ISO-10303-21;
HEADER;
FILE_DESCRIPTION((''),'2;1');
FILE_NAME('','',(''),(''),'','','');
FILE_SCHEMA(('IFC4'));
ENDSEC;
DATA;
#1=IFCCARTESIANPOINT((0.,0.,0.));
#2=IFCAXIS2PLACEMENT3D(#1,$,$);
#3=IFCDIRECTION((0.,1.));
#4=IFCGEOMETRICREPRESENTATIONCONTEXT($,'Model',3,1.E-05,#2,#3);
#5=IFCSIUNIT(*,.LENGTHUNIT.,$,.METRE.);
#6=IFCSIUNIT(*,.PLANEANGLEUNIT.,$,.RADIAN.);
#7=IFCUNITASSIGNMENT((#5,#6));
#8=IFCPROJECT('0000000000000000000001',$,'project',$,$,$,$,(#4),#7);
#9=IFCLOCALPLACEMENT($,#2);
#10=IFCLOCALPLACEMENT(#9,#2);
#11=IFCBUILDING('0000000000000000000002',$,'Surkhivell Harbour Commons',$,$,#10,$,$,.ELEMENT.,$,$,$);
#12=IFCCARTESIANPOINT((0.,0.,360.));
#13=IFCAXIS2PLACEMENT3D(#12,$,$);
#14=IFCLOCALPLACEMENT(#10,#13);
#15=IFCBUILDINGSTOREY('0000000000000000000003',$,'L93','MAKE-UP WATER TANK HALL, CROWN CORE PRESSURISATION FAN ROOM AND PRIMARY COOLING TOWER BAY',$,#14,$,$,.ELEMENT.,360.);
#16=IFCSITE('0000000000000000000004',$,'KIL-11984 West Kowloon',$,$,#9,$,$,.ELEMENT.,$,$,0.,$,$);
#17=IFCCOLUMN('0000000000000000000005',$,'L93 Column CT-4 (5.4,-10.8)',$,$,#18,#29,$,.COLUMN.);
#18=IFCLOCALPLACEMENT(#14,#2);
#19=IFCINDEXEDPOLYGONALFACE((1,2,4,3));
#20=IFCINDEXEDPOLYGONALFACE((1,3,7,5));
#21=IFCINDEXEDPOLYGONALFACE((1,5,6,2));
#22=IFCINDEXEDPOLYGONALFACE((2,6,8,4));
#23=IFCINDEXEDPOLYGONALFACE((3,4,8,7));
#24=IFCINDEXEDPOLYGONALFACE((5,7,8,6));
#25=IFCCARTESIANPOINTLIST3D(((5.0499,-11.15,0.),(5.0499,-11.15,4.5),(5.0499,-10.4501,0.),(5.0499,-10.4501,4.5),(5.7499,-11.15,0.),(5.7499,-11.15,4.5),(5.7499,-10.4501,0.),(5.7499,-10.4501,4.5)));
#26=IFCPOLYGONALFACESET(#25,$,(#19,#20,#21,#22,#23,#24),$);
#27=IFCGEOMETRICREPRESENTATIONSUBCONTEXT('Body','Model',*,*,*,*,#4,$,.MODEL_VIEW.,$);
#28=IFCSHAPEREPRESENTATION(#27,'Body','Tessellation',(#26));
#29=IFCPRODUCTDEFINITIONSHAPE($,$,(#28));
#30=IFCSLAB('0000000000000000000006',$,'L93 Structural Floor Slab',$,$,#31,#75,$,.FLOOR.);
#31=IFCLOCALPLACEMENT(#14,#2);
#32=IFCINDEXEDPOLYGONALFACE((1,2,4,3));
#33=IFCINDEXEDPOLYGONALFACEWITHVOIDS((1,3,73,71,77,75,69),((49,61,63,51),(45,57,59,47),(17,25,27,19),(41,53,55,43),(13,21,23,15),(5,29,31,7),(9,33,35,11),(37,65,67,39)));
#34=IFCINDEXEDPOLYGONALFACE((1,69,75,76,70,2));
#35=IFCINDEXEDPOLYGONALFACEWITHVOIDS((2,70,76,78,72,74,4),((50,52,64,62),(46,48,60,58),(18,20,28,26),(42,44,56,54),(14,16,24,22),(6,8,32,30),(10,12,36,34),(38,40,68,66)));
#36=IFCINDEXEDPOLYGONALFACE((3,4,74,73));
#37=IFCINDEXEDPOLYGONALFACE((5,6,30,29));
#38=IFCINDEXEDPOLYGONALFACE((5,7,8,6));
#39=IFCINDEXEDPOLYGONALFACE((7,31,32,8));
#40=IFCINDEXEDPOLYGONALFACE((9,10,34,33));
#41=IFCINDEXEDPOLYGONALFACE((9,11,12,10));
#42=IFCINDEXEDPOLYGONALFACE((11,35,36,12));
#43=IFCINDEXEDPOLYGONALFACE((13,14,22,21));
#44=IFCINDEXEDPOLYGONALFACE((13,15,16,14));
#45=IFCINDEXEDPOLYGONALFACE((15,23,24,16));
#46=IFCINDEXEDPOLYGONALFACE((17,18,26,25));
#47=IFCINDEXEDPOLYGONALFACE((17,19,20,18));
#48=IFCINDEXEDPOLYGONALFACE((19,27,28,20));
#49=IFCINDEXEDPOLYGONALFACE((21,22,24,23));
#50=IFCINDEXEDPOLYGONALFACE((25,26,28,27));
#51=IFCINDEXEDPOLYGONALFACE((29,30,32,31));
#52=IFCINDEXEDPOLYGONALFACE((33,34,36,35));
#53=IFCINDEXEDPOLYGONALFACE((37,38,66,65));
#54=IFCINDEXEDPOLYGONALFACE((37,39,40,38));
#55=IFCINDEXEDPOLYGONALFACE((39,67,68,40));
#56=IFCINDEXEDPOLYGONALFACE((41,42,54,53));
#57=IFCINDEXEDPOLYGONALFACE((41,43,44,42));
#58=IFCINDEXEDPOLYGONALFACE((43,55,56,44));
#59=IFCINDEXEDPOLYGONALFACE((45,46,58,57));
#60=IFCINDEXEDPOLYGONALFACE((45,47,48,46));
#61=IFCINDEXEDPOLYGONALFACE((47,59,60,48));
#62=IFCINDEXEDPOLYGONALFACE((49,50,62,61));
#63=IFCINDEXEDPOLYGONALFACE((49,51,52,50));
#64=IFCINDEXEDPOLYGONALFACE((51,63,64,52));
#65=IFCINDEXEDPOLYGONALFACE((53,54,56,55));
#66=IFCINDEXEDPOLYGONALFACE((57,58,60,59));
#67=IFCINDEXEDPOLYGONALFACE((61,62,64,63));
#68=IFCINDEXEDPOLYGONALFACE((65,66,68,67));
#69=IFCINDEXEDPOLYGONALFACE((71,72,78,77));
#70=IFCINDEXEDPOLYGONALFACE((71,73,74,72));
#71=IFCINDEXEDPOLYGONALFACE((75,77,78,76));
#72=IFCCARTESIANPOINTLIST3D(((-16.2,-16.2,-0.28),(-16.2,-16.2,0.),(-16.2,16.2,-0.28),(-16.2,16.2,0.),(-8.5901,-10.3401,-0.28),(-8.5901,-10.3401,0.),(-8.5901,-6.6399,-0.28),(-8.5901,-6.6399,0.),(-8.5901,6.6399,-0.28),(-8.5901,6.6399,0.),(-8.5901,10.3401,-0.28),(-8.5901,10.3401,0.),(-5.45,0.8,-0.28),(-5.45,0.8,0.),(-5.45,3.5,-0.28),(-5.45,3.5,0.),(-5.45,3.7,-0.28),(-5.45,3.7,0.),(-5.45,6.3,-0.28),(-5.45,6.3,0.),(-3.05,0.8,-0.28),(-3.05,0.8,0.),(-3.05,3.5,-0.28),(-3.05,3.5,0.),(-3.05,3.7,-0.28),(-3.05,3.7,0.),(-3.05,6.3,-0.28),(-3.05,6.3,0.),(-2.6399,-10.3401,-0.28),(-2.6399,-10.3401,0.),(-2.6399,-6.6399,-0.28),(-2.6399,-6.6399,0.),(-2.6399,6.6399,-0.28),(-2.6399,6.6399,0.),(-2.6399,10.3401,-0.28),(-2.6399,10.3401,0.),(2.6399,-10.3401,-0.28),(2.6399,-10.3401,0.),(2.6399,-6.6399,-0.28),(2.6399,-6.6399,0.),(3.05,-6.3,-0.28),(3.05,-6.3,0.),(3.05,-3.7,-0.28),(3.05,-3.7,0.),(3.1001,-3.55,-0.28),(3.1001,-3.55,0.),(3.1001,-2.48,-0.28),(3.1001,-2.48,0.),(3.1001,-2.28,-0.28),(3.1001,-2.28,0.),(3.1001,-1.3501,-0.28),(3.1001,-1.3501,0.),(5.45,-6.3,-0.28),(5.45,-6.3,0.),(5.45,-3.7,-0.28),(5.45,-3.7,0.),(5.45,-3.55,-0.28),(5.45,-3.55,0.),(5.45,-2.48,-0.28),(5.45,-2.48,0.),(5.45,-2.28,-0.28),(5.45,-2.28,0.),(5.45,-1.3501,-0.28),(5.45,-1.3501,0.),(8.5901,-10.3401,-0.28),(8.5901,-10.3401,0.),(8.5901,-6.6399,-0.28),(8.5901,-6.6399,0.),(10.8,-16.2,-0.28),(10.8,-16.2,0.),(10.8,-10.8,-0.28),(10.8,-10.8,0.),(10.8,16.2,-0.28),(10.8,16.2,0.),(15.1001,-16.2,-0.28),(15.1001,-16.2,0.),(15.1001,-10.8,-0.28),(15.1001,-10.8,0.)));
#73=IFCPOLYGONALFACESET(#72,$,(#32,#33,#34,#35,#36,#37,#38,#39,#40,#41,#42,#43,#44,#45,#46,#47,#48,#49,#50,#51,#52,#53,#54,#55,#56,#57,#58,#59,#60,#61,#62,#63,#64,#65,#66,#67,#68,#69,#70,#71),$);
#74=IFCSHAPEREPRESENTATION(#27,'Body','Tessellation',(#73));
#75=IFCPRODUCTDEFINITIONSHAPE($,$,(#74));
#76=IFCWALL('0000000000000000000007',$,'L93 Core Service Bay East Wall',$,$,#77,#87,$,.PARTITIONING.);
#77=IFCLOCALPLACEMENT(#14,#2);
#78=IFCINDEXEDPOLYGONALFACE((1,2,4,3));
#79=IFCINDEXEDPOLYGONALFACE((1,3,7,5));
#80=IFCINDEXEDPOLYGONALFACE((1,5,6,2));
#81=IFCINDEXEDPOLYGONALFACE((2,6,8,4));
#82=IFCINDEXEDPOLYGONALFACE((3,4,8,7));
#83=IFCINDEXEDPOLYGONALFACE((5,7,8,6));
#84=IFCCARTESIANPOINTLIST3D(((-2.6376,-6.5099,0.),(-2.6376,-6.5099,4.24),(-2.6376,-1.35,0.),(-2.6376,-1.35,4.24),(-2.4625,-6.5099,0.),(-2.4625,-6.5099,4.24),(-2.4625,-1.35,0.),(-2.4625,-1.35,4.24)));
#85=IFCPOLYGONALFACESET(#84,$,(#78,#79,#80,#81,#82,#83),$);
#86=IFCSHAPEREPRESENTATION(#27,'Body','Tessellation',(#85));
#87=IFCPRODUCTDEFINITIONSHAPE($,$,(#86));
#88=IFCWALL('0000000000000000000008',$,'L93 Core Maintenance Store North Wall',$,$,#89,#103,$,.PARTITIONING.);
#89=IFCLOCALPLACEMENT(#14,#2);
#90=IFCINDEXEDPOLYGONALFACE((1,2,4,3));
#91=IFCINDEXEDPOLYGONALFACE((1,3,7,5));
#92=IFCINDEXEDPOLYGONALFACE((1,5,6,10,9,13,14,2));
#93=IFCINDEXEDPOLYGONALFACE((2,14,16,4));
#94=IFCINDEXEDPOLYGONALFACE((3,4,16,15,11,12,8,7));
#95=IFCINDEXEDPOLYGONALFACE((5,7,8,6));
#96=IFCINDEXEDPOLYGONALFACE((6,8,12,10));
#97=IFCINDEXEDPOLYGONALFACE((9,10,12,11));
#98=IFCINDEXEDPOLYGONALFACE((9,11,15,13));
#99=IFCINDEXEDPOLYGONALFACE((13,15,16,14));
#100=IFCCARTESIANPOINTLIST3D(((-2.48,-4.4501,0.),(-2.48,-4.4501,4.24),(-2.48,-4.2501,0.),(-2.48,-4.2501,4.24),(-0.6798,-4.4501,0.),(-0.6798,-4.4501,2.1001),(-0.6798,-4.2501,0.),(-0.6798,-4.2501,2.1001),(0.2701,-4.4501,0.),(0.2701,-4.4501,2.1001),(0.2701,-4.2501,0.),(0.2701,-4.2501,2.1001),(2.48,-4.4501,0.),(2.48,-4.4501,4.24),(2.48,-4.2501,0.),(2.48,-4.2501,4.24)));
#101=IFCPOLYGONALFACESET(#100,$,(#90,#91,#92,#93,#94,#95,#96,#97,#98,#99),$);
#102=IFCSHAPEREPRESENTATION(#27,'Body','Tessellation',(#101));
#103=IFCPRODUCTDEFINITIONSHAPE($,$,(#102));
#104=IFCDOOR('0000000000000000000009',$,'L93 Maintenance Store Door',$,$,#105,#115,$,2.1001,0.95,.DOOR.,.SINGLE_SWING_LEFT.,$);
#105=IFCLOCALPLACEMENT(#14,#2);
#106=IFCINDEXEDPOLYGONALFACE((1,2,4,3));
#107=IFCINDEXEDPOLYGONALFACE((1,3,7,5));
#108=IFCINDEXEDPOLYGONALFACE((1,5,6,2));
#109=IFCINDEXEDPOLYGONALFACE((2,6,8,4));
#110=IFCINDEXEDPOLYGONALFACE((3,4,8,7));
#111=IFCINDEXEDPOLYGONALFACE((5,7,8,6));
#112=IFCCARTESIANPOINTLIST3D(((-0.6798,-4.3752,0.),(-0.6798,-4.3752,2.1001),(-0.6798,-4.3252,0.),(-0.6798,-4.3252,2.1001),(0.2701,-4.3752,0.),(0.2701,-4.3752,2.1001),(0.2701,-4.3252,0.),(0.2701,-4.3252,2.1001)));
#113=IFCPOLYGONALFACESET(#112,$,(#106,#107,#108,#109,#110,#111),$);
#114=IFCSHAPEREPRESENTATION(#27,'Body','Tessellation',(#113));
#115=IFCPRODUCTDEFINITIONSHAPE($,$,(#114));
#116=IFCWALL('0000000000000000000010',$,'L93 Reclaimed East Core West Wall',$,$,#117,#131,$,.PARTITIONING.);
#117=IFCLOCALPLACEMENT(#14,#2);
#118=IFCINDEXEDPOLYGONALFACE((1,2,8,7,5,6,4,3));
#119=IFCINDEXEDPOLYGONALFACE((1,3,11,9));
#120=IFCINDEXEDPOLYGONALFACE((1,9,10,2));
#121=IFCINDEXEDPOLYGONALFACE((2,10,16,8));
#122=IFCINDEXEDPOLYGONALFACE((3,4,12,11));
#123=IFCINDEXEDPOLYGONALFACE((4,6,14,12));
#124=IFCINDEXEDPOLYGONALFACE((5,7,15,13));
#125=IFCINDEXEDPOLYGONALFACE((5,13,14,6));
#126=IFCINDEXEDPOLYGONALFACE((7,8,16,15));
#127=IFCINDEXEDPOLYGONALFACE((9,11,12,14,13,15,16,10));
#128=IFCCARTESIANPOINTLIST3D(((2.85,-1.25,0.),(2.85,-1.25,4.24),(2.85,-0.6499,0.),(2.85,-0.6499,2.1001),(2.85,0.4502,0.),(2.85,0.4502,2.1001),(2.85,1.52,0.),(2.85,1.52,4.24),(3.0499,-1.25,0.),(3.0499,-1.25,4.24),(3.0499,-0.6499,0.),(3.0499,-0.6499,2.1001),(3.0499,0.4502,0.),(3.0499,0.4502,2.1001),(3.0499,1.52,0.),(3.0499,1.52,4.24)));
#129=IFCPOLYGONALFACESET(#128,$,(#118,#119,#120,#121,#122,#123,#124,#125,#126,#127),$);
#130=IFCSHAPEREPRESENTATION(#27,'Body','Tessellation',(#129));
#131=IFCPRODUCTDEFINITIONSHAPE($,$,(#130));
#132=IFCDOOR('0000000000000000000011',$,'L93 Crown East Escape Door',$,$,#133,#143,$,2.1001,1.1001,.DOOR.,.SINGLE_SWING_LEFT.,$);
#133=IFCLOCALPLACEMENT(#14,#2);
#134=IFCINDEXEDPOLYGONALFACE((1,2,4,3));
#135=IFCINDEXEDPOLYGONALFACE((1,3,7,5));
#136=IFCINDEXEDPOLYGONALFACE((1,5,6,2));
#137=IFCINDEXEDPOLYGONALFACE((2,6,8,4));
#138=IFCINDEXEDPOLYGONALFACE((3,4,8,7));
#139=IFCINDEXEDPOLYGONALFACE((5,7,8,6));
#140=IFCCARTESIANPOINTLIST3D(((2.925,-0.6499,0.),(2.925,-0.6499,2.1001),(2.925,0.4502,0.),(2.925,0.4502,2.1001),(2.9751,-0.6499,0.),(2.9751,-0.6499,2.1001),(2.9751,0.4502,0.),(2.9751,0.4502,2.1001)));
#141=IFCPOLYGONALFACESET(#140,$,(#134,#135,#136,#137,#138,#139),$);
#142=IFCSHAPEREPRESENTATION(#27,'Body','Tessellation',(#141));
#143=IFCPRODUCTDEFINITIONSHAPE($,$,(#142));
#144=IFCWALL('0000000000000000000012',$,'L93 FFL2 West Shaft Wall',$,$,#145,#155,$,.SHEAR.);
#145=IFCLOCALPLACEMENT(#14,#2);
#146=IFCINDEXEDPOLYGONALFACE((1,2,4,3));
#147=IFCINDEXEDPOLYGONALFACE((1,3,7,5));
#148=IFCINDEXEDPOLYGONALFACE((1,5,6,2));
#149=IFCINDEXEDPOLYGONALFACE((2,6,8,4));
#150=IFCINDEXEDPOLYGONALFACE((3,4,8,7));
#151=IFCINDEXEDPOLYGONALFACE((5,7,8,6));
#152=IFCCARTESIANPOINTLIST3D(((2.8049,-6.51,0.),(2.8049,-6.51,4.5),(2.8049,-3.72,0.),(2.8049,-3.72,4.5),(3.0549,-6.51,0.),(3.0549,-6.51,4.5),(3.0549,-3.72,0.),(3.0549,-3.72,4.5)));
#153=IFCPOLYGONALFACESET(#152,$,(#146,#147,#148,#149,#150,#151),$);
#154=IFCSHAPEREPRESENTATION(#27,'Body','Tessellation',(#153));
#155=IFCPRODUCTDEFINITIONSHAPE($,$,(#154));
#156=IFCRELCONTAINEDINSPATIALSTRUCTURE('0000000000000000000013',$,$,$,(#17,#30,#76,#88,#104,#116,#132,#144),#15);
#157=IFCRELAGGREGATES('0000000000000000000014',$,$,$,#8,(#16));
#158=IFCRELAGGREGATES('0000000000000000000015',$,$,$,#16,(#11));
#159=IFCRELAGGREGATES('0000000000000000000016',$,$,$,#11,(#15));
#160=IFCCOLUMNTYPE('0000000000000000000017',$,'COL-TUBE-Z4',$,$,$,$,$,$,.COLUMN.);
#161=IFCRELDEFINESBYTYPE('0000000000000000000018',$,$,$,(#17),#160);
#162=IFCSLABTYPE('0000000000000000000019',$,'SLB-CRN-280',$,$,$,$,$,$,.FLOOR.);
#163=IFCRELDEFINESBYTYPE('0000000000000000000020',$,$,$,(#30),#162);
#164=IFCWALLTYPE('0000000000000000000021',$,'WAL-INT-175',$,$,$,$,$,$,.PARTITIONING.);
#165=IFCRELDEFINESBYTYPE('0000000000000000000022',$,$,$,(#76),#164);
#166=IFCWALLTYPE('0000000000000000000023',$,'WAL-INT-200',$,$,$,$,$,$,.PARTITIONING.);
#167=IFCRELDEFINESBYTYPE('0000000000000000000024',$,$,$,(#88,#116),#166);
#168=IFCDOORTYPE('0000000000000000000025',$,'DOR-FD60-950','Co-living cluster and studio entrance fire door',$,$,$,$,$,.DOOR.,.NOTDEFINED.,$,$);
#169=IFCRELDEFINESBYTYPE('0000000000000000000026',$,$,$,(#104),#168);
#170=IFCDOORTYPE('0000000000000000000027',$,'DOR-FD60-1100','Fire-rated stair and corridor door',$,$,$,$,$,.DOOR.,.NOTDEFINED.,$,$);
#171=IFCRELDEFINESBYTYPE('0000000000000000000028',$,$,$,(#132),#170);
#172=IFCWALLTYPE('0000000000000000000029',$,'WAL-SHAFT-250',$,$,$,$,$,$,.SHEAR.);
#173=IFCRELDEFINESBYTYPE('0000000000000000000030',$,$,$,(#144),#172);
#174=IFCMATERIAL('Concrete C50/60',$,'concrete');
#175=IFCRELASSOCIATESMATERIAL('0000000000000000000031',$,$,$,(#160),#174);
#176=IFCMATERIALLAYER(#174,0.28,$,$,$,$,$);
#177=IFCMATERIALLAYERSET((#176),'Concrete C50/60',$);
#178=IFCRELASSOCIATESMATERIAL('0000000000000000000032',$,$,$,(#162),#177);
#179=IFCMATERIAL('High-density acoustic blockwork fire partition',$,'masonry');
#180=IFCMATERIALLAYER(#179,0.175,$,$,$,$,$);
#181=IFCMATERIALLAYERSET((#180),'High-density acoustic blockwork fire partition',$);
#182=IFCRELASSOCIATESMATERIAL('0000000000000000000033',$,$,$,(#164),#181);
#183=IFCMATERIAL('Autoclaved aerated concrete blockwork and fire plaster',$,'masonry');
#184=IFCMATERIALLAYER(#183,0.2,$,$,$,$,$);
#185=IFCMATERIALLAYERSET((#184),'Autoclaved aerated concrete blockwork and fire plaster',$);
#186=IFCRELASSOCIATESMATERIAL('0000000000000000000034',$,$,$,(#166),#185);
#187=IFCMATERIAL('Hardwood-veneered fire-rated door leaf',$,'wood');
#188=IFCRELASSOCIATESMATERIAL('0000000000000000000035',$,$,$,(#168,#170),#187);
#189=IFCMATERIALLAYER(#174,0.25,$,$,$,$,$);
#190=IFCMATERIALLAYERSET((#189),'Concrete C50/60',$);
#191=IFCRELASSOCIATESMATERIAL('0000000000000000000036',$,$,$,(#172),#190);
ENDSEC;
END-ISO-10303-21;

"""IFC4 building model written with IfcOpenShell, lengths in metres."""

from ifc_helpers import new_model, si_unit, direction, frame, frame_2d, origin, origin_2d, place, context, subcontext, project, spatial, polyline, rectangle, outline, extrude, material, layer, layer_set, material_profile, profile_set, type_object, element, fill, save


model = new_model("IFC4")

# Units and contexts
model_context = context("Model", 3, precision=1e-05, world=origin(), true_north=direction((0.0, 1.0)))
body_context = subcontext(model_context, "Body", "Model", "MODEL_VIEW")
ifc_project = project(units=[si_unit("LENGTHUNIT", "METRE"), si_unit("PLANEANGLEUNIT", "RADIAN")], contexts=[model_context])

# Site, building, storey
site_placement = place(None, origin())
site = spatial("IfcSite", under=ifc_project, at=site_placement, Name="KIL-11984 West Kowloon", CompositionType="ELEMENT", RefElevation=0.0)
building_placement = place(site_placement, origin())
building = spatial("IfcBuilding", under=site, at=building_placement, Name="Surkhivell Harbour Commons", CompositionType="ELEMENT")
storey_placement = place(building_placement, frame((0.0, 0.0, 360.0)))
storey = spatial("IfcBuildingStorey", under=building, at=storey_placement, Name="L93", Description="MAKE-UP WATER TANK HALL, CROWN CORE PRESSURISATION FAN ROOM AND PRIMARY COOLING TOWER BAY", CompositionType="ELEMENT", Elevation=360.0)

# Column
ifc_material_1 = material(Name="Concrete C50/60", Category="concrete")
ifc_material_profile = material_profile(ifc_material_1, rectangle(XDim=0.7, YDim=0.7, at=origin_2d()), Name="RC-COL-700x700")
ifc_profile_set = profile_set([ifc_material_profile], Name="Concrete C50/60")
column_type = type_object("IfcColumnType", Name="COL-TUBE-Z4", PredefinedType="COLUMN", material=ifc_profile_set)
column_placement = place(storey_placement, frame((5.3999, -10.8, 0.0), z_axis=(0.0, 0.0, 1.0), x_axis=(1.0, 0.0, 0.0)))
element("IfcColumn", 1, at=column_placement, inside=storey, type_object=column_type, Name="L93 Column CT-4 (5.4,-10.8)", PredefinedType="COLUMN", context=body_context, shape_type="SweptSolid", body=[
    extrude(rectangle(XDim=0.7, YDim=0.7, at=origin_2d()), origin(), (0.0, 0.0, 1.0), 4.5),
])

# Slab
ifc_layer_1 = layer(ifc_material_1, 0.28)
ifc_layer_set_1 = layer_set([ifc_layer_1], Name="Concrete C50/60")
slab_type = type_object("IfcSlabType", Name="SLB-CRN-280", PredefinedType="FLOOR", material=ifc_layer_set_1)
slab_placement = place(storey_placement, frame((0.0, 0.0, -0.28)))
element("IfcSlab", 2, at=slab_placement, inside=storey, type_object=slab_type, Name="L93 Structural Floor Slab", PredefinedType="FLOOR", context=body_context, shape_type="SweptSolid", body=[
    extrude(outline(polyline([(10.8, -16.2), (15.1001, -16.2), (15.1001, -10.8), (10.8, -10.8), (10.8, 16.2), (-16.2, 16.2), (-16.2, -16.2), (10.8, -16.2)]), holes=[polyline([(-8.5901, 6.6399), (-2.6399, 6.6399), (-2.6399, 10.3401), (-8.5901, 10.3401), (-8.5901, 6.6399)]), polyline([(8.5901, -6.6399), (2.6399, -6.6399), (2.6399, -10.3401), (8.5901, -10.3401), (8.5901, -6.6399)]), polyline([(-8.5901, -10.3401), (-2.6399, -10.3401), (-2.6399, -6.6399), (-8.5901, -6.6399), (-8.5901, -10.3401)]), polyline([(-5.45, 3.7), (-3.05, 3.7), (-3.05, 6.3), (-5.45, 6.3), (-5.45, 3.7)]), polyline([(3.05, -6.3), (5.45, -6.3), (5.45, -3.7), (3.05, -3.7), (3.05, -6.3)]), polyline([(-5.45, 0.8), (-3.05, 0.8), (-3.05, 3.5), (-5.45, 3.5), (-5.45, 0.8)]), polyline([(3.1001, -3.55), (5.45, -3.55), (5.45, -2.48), (3.1001, -2.48), (3.1001, -3.55)]), polyline([(3.1001, -2.28), (5.45, -2.28), (5.45, -1.3501), (3.1001, -1.3501), (3.1001, -2.28)])]), origin(), (0.0, 0.0, 1.0), 0.28),
])

# Wall
ifc_material_2 = material(Name="High-density acoustic blockwork fire partition", Category="masonry")
ifc_layer_2 = layer(ifc_material_2, 0.175)
ifc_layer_set_2 = layer_set([ifc_layer_2], Name="High-density acoustic blockwork fire partition")
wall_type_1 = type_object("IfcWallType", Name="WAL-INT-175", PredefinedType="PARTITIONING", material=ifc_layer_set_2)
wall_1_placement = place(storey_placement, frame((-2.55, -6.51, 0.0), z_axis=(0.0, 0.0, 1.0), x_axis=(0.0, 1.0, 0.0)))
element("IfcWall", 3, at=wall_1_placement, inside=storey, type_object=wall_type_1, Name="L93 Core Service Bay East Wall", PredefinedType="PARTITIONING", context=body_context, shape_type="SweptSolid", body=[
    extrude(rectangle(XDim=5.1599, YDim=0.175, at=frame_2d((2.5801, 0.0))), origin(), (0.0, 0.0, 1.0), 4.24),
])

# Walls, openings, doors
ifc_material_3 = material(Name="Autoclaved aerated concrete blockwork and fire plaster", Category="masonry")
ifc_layer_3 = layer(ifc_material_3, 0.2)
ifc_layer_set_3 = layer_set([ifc_layer_3], Name="Autoclaved aerated concrete blockwork and fire plaster")
wall_type_2 = type_object("IfcWallType", Name="WAL-INT-200", PredefinedType="PARTITIONING", material=ifc_layer_set_3)
wall_2_placement = place(storey_placement, frame((-2.48, -4.3501, 0.0), z_axis=(0.0, 0.0, 1.0), x_axis=(1.0, 0.0, 0.0)))
wall_2 = element("IfcWall", 4, at=wall_2_placement, inside=storey, type_object=wall_type_2, Name="L93 Core Maintenance Store North Wall", PredefinedType="PARTITIONING", context=body_context, shape_type="SweptSolid", body=[
    extrude(rectangle(XDim=4.96, YDim=0.2, at=frame_2d((2.48, 0.0))), origin(), (0.0, 0.0, 1.0), 4.24),
])
opening_1_placement = place(wall_2_placement, frame((1.8, 0.0, 0.0)))
opening_1 = element("IfcOpeningElement", 5, at=opening_1_placement, cuts=wall_2, PredefinedType="OPENING", context=body_context, shape_type="SweptSolid", body=[
    extrude(rectangle(XDim=0.95, YDim=2.1001, at=frame_2d((0.4751, 1.05))), frame((0.0, 0.1099, 0.0), z_axis=(0.0, -1.0, 0.0), x_axis=(1.0, 0.0, 0.0)), (0.0, 0.0, 1.0), 0.22),
])
ifc_material_4 = material(Name="Hardwood-veneered fire-rated door leaf", Category="wood")
door_type_1 = type_object("IfcDoorType", Name="DOR-FD60-950", Description="Co-living cluster and studio entrance fire door", OperationType="NOTDEFINED", PredefinedType="DOOR", material=ifc_material_4)
door_1_placement = place(opening_1_placement, origin())
door_1 = element("IfcDoor", 6, at=door_1_placement, inside=storey, type_object=door_type_1, Name="L93 Maintenance Store Door", OperationType="SINGLE_SWING_LEFT", OverallHeight=2.1001, OverallWidth=0.95, PredefinedType="DOOR", context=body_context, shape_type="SweptSolid", body=[
    extrude(rectangle(XDim=0.95, YDim=2.1001, at=frame_2d((0.4751, 1.05))), frame((0.0, 0.0249, 0.0), z_axis=(0.0, -1.0, 0.0), x_axis=(1.0, 0.0, 0.0)), (0.0, 0.0, 1.0), 0.05),
])
fill(opening_1, door_1)
wall_3_placement = place(storey_placement, frame((2.95, -1.25, 0.0), z_axis=(0.0, 0.0, 1.0), x_axis=(0.0, 1.0, 0.0)))
wall_3 = element("IfcWall", 7, at=wall_3_placement, inside=storey, type_object=wall_type_2, Name="L93 Reclaimed East Core West Wall", PredefinedType="PARTITIONING", context=body_context, shape_type="SweptSolid", body=[
    extrude(rectangle(XDim=2.77, YDim=0.2, at=frame_2d((1.385, 0.0))), origin(), (0.0, 0.0, 1.0), 4.24),
])
opening_2_placement = place(wall_3_placement, frame((0.6001, 0.0, 0.0)))
opening_2 = element("IfcOpeningElement", 8, at=opening_2_placement, cuts=wall_3, PredefinedType="OPENING", context=body_context, shape_type="SweptSolid", body=[
    extrude(rectangle(XDim=1.1001, YDim=2.1001, at=frame_2d((0.55, 1.05))), frame((0.0, 0.1099, 0.0), z_axis=(0.0, -1.0, 0.0), x_axis=(1.0, 0.0, 0.0)), (0.0, 0.0, 1.0), 0.22),
])
door_type_2 = type_object("IfcDoorType", Name="DOR-FD60-1100", Description="Fire-rated stair and corridor door", OperationType="NOTDEFINED", PredefinedType="DOOR", material=ifc_material_4)
door_2_placement = place(opening_2_placement, origin())
door_2 = element("IfcDoor", 9, at=door_2_placement, inside=storey, type_object=door_type_2, Name="L93 Crown East Escape Door", OperationType="SINGLE_SWING_LEFT", OverallHeight=2.1001, OverallWidth=1.1001, PredefinedType="DOOR", context=body_context, shape_type="SweptSolid", body=[
    extrude(rectangle(XDim=1.1001, YDim=2.1001, at=frame_2d((0.55, 1.05))), frame((0.0, 0.0249, 0.0), z_axis=(0.0, -1.0, 0.0), x_axis=(1.0, 0.0, 0.0)), (0.0, 0.0, 1.0), 0.05),
])
fill(opening_2, door_2)

# Wall
ifc_layer_4 = layer(ifc_material_1, 0.25)
ifc_layer_set_4 = layer_set([ifc_layer_4], Name="Concrete C50/60")
wall_type_3 = type_object("IfcWallType", Name="WAL-SHAFT-250", PredefinedType="SHEAR", material=ifc_layer_set_4)
wall_4_placement = place(storey_placement, frame((2.9299, -6.51, 0.0), z_axis=(0.0, 0.0, 1.0), x_axis=(0.0, 1.0, 0.0)))
element("IfcWall", 10, at=wall_4_placement, inside=storey, type_object=wall_type_3, Name="L93 FFL2 West Shaft Wall", PredefinedType="SHEAR", context=body_context, shape_type="SweptSolid", body=[
    extrude(rectangle(XDim=2.79, YDim=0.25, at=frame_2d((1.395, 0.0))), origin(), (0.0, 0.0, 1.0), 4.5),
])

save(model, "model.ifc")
